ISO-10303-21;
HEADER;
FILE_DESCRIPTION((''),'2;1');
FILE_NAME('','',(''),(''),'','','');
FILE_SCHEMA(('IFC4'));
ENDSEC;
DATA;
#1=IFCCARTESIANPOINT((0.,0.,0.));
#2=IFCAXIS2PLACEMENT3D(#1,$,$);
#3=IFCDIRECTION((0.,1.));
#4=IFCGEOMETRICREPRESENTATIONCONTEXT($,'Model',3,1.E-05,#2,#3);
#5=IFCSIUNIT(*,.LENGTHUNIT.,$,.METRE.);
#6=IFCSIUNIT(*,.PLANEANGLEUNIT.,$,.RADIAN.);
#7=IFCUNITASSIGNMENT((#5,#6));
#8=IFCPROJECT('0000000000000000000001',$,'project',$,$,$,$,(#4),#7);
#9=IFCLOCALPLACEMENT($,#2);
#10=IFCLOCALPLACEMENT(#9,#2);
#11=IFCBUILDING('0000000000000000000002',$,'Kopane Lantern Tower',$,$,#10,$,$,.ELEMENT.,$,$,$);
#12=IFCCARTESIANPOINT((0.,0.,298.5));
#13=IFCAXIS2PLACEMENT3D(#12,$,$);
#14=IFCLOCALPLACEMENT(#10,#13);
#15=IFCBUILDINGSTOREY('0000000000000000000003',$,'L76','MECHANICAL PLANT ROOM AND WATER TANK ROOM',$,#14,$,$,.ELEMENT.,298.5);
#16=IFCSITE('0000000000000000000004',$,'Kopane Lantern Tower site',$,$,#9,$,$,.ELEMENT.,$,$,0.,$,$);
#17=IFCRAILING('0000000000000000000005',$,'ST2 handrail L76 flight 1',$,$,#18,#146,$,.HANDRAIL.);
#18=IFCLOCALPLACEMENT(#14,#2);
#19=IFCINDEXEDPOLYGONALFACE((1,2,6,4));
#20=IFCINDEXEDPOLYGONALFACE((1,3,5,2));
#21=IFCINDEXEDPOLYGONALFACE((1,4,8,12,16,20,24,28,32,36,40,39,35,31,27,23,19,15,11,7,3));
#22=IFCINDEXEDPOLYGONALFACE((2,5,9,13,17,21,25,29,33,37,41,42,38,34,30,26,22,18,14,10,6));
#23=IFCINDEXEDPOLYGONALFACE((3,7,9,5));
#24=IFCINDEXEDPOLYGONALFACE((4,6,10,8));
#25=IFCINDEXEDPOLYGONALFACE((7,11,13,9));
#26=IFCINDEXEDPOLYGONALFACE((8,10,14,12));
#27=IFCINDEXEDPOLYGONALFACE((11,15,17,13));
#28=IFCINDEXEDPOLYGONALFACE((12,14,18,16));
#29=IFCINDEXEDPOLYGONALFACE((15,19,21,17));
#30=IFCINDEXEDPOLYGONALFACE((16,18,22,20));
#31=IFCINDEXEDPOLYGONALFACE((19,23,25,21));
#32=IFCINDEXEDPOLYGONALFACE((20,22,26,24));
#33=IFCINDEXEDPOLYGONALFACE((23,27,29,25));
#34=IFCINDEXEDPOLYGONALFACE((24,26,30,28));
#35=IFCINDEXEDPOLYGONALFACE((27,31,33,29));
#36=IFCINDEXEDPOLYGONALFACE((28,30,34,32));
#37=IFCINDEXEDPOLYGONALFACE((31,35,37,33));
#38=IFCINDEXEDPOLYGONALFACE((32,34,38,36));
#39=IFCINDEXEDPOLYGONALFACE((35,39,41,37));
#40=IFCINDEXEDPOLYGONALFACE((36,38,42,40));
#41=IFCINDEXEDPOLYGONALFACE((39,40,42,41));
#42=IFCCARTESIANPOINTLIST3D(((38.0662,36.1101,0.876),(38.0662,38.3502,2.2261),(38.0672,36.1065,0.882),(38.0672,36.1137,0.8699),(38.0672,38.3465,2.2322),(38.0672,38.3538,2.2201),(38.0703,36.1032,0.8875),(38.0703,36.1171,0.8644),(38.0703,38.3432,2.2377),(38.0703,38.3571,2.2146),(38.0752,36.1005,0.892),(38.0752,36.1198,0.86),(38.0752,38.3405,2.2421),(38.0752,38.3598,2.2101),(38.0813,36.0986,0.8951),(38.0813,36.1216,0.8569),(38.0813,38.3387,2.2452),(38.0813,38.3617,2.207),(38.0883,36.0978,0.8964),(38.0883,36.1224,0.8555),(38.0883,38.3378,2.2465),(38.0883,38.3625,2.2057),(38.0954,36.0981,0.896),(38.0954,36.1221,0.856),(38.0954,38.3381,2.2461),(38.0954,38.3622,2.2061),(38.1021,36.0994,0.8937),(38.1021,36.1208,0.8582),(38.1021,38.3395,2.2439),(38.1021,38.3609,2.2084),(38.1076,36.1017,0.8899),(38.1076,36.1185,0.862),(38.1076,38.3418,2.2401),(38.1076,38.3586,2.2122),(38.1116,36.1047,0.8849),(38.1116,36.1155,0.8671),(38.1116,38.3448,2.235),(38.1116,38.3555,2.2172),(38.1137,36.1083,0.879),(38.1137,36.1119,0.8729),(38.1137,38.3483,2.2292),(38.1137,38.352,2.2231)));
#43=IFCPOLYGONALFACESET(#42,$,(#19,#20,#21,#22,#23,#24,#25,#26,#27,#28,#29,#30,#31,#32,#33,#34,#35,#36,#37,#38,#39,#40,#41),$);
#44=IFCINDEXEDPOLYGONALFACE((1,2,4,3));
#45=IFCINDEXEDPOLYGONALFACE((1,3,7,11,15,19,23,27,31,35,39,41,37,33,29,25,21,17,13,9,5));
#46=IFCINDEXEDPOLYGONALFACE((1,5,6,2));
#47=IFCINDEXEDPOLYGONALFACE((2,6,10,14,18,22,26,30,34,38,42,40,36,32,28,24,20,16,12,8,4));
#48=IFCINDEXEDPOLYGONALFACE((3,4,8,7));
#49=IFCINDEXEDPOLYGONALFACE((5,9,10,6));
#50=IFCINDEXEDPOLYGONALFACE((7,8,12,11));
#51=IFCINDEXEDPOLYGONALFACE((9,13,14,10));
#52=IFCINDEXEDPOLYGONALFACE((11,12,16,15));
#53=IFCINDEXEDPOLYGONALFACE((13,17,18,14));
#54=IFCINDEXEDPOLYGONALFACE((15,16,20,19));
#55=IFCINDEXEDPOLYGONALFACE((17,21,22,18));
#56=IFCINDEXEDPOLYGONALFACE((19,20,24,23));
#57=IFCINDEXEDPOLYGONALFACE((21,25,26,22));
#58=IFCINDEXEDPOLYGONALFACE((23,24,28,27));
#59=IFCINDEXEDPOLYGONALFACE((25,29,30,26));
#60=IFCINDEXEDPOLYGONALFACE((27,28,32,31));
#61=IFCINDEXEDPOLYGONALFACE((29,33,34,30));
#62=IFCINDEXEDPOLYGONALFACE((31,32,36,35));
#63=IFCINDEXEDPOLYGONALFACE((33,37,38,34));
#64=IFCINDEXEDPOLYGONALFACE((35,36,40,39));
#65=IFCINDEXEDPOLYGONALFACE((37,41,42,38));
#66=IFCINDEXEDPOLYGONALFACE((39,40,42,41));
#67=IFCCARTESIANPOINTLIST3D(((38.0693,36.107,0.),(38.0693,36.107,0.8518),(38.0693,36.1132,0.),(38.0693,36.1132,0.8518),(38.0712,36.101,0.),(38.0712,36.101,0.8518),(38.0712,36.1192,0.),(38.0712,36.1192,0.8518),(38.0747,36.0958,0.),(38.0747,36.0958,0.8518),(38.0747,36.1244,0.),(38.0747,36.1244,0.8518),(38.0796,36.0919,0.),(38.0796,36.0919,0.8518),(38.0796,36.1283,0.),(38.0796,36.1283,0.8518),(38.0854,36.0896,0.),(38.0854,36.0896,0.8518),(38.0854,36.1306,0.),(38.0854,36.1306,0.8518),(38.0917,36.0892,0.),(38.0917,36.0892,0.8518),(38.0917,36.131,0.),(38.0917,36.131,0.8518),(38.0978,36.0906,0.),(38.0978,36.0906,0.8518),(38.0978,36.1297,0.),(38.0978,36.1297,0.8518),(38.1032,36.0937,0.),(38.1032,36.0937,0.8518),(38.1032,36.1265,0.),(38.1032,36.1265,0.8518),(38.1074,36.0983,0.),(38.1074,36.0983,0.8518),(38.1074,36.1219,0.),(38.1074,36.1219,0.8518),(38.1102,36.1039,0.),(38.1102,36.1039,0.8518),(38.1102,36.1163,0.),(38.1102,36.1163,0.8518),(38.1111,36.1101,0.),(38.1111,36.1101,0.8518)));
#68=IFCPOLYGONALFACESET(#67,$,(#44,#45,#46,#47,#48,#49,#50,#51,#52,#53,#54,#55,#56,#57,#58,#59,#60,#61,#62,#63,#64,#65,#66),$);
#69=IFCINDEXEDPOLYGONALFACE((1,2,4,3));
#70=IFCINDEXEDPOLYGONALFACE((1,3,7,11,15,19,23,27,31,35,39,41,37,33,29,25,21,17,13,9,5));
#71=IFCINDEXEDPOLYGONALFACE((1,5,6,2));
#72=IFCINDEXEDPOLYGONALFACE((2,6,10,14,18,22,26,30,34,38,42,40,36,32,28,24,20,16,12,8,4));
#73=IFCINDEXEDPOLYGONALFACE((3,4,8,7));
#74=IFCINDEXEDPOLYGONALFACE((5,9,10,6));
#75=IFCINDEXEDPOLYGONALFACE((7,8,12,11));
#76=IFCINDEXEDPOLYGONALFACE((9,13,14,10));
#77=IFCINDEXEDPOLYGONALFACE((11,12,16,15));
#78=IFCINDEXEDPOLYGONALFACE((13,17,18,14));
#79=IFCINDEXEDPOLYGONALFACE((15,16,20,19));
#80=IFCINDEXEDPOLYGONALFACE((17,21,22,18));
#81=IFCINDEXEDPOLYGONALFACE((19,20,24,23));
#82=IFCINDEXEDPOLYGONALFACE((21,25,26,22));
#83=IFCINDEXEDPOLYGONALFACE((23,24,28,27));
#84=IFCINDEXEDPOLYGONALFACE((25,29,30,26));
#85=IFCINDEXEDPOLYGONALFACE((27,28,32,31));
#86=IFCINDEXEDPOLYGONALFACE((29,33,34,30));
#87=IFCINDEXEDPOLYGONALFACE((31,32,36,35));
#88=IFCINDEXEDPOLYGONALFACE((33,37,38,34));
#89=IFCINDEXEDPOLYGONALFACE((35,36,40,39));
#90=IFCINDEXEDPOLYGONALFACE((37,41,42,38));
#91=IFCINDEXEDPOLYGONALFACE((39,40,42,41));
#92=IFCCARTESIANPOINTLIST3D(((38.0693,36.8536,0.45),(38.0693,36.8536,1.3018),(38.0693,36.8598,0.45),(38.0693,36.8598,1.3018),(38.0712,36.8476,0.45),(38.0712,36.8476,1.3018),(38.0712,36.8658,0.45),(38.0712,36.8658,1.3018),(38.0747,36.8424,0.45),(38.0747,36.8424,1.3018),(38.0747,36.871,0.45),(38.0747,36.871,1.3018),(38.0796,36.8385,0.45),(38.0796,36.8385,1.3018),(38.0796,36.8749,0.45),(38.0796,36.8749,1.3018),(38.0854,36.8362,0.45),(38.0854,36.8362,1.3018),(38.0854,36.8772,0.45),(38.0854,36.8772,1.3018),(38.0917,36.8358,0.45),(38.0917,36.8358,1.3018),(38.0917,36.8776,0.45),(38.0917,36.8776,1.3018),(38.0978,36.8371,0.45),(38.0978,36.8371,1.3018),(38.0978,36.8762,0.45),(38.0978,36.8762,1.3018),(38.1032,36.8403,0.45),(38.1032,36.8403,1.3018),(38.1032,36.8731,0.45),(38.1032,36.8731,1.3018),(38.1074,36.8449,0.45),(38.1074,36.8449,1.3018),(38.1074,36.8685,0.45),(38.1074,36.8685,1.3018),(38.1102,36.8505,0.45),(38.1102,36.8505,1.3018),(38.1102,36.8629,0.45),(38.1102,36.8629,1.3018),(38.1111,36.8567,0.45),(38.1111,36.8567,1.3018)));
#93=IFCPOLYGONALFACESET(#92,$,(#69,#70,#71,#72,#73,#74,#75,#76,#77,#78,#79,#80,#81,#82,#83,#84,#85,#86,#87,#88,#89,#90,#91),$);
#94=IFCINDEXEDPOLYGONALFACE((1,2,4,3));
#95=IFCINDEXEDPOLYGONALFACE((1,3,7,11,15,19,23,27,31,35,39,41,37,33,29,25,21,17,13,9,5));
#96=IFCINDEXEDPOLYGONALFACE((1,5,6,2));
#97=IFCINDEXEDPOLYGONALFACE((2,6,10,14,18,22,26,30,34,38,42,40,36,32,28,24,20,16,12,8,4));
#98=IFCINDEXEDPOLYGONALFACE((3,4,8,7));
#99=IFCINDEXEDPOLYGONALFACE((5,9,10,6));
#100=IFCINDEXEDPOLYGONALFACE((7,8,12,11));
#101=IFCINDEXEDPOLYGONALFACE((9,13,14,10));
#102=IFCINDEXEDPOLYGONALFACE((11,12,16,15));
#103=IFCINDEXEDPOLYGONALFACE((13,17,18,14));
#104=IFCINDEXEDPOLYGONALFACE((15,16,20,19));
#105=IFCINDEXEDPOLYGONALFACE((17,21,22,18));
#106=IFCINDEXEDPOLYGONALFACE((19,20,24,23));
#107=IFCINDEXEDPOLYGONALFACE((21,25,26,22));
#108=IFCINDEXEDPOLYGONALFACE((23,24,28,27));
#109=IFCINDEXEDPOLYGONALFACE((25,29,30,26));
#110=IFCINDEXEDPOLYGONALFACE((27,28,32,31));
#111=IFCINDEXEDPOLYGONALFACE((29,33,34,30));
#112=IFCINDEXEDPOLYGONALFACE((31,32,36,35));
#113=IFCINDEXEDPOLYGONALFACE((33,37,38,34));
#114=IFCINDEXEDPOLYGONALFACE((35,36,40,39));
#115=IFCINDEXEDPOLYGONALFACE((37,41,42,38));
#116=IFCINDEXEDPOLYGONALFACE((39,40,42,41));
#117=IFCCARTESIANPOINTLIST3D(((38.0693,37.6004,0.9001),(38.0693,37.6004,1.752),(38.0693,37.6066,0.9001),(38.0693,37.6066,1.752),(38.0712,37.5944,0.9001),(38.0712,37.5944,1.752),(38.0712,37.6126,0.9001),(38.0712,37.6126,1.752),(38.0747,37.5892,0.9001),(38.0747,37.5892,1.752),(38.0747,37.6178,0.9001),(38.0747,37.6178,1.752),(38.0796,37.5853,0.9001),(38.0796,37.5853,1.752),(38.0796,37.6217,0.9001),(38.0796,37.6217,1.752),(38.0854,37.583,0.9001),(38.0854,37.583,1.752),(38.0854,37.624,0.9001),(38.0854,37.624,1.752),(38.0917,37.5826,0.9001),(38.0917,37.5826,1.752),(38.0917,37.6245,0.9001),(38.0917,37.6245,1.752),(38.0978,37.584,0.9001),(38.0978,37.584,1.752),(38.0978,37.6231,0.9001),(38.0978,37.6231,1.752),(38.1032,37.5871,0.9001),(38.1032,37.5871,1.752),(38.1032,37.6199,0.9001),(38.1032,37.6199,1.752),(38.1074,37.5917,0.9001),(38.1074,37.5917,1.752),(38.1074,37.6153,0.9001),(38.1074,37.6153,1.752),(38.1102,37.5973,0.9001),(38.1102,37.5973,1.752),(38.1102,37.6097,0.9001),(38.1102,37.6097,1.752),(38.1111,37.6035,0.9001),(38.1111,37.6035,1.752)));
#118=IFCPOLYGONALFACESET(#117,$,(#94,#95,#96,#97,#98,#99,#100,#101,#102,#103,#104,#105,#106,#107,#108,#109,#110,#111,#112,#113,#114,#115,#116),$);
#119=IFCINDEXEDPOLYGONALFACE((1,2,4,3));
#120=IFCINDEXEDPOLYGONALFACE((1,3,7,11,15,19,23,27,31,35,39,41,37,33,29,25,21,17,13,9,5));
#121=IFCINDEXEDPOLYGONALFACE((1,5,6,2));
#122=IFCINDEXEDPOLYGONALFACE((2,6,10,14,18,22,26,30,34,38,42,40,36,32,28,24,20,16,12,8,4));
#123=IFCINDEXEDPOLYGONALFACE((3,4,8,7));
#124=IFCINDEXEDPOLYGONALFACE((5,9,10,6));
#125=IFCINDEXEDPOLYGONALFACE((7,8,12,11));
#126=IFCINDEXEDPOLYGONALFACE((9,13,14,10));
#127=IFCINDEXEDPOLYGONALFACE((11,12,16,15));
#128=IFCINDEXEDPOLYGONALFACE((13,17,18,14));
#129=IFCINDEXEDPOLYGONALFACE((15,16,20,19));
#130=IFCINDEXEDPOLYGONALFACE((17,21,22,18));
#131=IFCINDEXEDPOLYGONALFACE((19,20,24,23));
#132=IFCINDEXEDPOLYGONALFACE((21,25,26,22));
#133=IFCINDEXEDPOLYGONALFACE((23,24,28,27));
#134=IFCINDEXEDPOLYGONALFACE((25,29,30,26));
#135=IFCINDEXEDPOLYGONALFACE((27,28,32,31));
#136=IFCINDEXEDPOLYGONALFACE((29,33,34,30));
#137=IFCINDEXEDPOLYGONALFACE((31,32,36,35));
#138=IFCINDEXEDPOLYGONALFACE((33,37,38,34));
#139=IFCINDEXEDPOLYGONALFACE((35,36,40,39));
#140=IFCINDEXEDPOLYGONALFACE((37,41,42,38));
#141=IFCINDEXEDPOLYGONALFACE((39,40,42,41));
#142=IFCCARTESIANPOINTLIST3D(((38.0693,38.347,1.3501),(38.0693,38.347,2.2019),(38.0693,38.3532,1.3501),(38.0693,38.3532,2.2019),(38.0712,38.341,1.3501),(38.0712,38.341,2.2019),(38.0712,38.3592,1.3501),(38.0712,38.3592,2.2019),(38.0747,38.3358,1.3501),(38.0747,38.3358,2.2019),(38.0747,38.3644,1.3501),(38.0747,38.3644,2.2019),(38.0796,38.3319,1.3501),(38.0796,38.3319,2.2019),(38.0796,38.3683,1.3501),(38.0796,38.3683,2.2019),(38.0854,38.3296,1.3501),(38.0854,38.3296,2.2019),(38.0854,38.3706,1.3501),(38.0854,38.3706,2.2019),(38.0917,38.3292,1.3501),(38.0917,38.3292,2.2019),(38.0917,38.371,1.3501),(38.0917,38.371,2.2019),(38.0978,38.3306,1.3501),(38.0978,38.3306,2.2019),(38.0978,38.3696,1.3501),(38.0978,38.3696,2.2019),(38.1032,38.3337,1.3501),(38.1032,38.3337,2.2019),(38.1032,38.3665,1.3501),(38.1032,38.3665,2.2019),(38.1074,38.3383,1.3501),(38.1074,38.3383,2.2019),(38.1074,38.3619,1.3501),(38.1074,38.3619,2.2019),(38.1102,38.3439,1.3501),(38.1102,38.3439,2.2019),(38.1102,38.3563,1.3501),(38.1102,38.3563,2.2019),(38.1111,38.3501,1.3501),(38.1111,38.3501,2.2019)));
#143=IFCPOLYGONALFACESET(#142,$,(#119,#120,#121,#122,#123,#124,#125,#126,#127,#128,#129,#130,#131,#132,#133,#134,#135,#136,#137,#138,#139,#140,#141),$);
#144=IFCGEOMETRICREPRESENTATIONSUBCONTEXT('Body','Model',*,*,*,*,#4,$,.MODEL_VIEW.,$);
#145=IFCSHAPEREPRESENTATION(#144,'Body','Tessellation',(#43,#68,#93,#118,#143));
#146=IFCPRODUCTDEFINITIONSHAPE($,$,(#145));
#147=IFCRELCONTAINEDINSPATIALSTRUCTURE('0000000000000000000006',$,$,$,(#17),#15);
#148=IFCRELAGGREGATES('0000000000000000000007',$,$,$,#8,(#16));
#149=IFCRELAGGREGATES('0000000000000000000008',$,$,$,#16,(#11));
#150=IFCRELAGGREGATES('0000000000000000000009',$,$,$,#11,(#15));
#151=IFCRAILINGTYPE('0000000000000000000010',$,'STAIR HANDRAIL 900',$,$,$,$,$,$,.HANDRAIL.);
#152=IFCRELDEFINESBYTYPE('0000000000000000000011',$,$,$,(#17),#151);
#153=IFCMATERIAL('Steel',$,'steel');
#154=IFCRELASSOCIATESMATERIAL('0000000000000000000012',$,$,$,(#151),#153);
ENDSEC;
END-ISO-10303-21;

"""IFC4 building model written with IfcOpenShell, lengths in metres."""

from ifc_helpers import new_model, si_unit, direction, frame, origin, origin_2d, place, context, subcontext, project, spatial, circle, extrude, material, type_object, element, save


model = new_model("IFC4")

# Units and contexts
model_context = context("Model", 3, precision=1e-05, world=origin(), true_north=direction((0.0, 1.0)))
body_context = subcontext(model_context, "Body", "Model", "MODEL_VIEW")
ifc_project = project(units=[si_unit("LENGTHUNIT", "METRE"), si_unit("PLANEANGLEUNIT", "RADIAN")], contexts=[model_context])

# Site, building, storey
site_placement = place(None, origin())
site = spatial("IfcSite", under=ifc_project, at=site_placement, Name="Kopane Lantern Tower site", CompositionType="ELEMENT", RefElevation=0.0)
building_placement = place(site_placement, origin())
building = spatial("IfcBuilding", under=site, at=building_placement, Name="Kopane Lantern Tower", CompositionType="ELEMENT")
storey_placement = place(building_placement, frame((0.0, 0.0, 298.5)))
storey = spatial("IfcBuildingStorey", under=building, at=storey_placement, Name="L76", Description="MECHANICAL PLANT ROOM AND WATER TANK ROOM", CompositionType="ELEMENT", Elevation=298.5)

# Railing
ifc_material_1 = material(Name="Steel", Category="steel")
railing_type = type_object("IfcRailingType", Name="STAIR HANDRAIL 900", PredefinedType="HANDRAIL", material=ifc_material_1)
for number, where, name in (
    (1, (38.0901, 36.1101, 0.0), "ST2 handrail L76 flight 1"),
):
    element("IfcRailing", number, at=place(storey_placement, frame(where)), inside=storey, type_object=railing_type, Name=name, PredefinedType="HANDRAIL", context=body_context, shape_type="SweptSolid", body=[
        extrude(circle(Radius=0.0239, at=origin_2d()), frame((0.0, 0.0, 0.876), z_axis=(0.0, 0.856462, 0.516211), x_axis=(-1.0, 0.0, 0.0)), (0.0, 0.0, 1.0), 2.6155),
        extrude(circle(Radius=0.021, at=origin_2d()), origin(), (0.0, 0.0, 1.0), 0.8518),
        extrude(circle(Radius=0.021, at=origin_2d()), frame((0.0, 0.7466, 0.45)), (0.0, 0.0, 1.0), 0.8518),
        extrude(circle(Radius=0.021, at=origin_2d()), frame((0.0, 1.4934, 0.9001)), (0.0, 0.0, 1.0), 0.8518),
        extrude(circle(Radius=0.021, at=origin_2d()), frame((0.0, 2.24, 1.3501)), (0.0, 0.0, 1.0), 0.8518),
    ])

save(model, "model.ifc")
